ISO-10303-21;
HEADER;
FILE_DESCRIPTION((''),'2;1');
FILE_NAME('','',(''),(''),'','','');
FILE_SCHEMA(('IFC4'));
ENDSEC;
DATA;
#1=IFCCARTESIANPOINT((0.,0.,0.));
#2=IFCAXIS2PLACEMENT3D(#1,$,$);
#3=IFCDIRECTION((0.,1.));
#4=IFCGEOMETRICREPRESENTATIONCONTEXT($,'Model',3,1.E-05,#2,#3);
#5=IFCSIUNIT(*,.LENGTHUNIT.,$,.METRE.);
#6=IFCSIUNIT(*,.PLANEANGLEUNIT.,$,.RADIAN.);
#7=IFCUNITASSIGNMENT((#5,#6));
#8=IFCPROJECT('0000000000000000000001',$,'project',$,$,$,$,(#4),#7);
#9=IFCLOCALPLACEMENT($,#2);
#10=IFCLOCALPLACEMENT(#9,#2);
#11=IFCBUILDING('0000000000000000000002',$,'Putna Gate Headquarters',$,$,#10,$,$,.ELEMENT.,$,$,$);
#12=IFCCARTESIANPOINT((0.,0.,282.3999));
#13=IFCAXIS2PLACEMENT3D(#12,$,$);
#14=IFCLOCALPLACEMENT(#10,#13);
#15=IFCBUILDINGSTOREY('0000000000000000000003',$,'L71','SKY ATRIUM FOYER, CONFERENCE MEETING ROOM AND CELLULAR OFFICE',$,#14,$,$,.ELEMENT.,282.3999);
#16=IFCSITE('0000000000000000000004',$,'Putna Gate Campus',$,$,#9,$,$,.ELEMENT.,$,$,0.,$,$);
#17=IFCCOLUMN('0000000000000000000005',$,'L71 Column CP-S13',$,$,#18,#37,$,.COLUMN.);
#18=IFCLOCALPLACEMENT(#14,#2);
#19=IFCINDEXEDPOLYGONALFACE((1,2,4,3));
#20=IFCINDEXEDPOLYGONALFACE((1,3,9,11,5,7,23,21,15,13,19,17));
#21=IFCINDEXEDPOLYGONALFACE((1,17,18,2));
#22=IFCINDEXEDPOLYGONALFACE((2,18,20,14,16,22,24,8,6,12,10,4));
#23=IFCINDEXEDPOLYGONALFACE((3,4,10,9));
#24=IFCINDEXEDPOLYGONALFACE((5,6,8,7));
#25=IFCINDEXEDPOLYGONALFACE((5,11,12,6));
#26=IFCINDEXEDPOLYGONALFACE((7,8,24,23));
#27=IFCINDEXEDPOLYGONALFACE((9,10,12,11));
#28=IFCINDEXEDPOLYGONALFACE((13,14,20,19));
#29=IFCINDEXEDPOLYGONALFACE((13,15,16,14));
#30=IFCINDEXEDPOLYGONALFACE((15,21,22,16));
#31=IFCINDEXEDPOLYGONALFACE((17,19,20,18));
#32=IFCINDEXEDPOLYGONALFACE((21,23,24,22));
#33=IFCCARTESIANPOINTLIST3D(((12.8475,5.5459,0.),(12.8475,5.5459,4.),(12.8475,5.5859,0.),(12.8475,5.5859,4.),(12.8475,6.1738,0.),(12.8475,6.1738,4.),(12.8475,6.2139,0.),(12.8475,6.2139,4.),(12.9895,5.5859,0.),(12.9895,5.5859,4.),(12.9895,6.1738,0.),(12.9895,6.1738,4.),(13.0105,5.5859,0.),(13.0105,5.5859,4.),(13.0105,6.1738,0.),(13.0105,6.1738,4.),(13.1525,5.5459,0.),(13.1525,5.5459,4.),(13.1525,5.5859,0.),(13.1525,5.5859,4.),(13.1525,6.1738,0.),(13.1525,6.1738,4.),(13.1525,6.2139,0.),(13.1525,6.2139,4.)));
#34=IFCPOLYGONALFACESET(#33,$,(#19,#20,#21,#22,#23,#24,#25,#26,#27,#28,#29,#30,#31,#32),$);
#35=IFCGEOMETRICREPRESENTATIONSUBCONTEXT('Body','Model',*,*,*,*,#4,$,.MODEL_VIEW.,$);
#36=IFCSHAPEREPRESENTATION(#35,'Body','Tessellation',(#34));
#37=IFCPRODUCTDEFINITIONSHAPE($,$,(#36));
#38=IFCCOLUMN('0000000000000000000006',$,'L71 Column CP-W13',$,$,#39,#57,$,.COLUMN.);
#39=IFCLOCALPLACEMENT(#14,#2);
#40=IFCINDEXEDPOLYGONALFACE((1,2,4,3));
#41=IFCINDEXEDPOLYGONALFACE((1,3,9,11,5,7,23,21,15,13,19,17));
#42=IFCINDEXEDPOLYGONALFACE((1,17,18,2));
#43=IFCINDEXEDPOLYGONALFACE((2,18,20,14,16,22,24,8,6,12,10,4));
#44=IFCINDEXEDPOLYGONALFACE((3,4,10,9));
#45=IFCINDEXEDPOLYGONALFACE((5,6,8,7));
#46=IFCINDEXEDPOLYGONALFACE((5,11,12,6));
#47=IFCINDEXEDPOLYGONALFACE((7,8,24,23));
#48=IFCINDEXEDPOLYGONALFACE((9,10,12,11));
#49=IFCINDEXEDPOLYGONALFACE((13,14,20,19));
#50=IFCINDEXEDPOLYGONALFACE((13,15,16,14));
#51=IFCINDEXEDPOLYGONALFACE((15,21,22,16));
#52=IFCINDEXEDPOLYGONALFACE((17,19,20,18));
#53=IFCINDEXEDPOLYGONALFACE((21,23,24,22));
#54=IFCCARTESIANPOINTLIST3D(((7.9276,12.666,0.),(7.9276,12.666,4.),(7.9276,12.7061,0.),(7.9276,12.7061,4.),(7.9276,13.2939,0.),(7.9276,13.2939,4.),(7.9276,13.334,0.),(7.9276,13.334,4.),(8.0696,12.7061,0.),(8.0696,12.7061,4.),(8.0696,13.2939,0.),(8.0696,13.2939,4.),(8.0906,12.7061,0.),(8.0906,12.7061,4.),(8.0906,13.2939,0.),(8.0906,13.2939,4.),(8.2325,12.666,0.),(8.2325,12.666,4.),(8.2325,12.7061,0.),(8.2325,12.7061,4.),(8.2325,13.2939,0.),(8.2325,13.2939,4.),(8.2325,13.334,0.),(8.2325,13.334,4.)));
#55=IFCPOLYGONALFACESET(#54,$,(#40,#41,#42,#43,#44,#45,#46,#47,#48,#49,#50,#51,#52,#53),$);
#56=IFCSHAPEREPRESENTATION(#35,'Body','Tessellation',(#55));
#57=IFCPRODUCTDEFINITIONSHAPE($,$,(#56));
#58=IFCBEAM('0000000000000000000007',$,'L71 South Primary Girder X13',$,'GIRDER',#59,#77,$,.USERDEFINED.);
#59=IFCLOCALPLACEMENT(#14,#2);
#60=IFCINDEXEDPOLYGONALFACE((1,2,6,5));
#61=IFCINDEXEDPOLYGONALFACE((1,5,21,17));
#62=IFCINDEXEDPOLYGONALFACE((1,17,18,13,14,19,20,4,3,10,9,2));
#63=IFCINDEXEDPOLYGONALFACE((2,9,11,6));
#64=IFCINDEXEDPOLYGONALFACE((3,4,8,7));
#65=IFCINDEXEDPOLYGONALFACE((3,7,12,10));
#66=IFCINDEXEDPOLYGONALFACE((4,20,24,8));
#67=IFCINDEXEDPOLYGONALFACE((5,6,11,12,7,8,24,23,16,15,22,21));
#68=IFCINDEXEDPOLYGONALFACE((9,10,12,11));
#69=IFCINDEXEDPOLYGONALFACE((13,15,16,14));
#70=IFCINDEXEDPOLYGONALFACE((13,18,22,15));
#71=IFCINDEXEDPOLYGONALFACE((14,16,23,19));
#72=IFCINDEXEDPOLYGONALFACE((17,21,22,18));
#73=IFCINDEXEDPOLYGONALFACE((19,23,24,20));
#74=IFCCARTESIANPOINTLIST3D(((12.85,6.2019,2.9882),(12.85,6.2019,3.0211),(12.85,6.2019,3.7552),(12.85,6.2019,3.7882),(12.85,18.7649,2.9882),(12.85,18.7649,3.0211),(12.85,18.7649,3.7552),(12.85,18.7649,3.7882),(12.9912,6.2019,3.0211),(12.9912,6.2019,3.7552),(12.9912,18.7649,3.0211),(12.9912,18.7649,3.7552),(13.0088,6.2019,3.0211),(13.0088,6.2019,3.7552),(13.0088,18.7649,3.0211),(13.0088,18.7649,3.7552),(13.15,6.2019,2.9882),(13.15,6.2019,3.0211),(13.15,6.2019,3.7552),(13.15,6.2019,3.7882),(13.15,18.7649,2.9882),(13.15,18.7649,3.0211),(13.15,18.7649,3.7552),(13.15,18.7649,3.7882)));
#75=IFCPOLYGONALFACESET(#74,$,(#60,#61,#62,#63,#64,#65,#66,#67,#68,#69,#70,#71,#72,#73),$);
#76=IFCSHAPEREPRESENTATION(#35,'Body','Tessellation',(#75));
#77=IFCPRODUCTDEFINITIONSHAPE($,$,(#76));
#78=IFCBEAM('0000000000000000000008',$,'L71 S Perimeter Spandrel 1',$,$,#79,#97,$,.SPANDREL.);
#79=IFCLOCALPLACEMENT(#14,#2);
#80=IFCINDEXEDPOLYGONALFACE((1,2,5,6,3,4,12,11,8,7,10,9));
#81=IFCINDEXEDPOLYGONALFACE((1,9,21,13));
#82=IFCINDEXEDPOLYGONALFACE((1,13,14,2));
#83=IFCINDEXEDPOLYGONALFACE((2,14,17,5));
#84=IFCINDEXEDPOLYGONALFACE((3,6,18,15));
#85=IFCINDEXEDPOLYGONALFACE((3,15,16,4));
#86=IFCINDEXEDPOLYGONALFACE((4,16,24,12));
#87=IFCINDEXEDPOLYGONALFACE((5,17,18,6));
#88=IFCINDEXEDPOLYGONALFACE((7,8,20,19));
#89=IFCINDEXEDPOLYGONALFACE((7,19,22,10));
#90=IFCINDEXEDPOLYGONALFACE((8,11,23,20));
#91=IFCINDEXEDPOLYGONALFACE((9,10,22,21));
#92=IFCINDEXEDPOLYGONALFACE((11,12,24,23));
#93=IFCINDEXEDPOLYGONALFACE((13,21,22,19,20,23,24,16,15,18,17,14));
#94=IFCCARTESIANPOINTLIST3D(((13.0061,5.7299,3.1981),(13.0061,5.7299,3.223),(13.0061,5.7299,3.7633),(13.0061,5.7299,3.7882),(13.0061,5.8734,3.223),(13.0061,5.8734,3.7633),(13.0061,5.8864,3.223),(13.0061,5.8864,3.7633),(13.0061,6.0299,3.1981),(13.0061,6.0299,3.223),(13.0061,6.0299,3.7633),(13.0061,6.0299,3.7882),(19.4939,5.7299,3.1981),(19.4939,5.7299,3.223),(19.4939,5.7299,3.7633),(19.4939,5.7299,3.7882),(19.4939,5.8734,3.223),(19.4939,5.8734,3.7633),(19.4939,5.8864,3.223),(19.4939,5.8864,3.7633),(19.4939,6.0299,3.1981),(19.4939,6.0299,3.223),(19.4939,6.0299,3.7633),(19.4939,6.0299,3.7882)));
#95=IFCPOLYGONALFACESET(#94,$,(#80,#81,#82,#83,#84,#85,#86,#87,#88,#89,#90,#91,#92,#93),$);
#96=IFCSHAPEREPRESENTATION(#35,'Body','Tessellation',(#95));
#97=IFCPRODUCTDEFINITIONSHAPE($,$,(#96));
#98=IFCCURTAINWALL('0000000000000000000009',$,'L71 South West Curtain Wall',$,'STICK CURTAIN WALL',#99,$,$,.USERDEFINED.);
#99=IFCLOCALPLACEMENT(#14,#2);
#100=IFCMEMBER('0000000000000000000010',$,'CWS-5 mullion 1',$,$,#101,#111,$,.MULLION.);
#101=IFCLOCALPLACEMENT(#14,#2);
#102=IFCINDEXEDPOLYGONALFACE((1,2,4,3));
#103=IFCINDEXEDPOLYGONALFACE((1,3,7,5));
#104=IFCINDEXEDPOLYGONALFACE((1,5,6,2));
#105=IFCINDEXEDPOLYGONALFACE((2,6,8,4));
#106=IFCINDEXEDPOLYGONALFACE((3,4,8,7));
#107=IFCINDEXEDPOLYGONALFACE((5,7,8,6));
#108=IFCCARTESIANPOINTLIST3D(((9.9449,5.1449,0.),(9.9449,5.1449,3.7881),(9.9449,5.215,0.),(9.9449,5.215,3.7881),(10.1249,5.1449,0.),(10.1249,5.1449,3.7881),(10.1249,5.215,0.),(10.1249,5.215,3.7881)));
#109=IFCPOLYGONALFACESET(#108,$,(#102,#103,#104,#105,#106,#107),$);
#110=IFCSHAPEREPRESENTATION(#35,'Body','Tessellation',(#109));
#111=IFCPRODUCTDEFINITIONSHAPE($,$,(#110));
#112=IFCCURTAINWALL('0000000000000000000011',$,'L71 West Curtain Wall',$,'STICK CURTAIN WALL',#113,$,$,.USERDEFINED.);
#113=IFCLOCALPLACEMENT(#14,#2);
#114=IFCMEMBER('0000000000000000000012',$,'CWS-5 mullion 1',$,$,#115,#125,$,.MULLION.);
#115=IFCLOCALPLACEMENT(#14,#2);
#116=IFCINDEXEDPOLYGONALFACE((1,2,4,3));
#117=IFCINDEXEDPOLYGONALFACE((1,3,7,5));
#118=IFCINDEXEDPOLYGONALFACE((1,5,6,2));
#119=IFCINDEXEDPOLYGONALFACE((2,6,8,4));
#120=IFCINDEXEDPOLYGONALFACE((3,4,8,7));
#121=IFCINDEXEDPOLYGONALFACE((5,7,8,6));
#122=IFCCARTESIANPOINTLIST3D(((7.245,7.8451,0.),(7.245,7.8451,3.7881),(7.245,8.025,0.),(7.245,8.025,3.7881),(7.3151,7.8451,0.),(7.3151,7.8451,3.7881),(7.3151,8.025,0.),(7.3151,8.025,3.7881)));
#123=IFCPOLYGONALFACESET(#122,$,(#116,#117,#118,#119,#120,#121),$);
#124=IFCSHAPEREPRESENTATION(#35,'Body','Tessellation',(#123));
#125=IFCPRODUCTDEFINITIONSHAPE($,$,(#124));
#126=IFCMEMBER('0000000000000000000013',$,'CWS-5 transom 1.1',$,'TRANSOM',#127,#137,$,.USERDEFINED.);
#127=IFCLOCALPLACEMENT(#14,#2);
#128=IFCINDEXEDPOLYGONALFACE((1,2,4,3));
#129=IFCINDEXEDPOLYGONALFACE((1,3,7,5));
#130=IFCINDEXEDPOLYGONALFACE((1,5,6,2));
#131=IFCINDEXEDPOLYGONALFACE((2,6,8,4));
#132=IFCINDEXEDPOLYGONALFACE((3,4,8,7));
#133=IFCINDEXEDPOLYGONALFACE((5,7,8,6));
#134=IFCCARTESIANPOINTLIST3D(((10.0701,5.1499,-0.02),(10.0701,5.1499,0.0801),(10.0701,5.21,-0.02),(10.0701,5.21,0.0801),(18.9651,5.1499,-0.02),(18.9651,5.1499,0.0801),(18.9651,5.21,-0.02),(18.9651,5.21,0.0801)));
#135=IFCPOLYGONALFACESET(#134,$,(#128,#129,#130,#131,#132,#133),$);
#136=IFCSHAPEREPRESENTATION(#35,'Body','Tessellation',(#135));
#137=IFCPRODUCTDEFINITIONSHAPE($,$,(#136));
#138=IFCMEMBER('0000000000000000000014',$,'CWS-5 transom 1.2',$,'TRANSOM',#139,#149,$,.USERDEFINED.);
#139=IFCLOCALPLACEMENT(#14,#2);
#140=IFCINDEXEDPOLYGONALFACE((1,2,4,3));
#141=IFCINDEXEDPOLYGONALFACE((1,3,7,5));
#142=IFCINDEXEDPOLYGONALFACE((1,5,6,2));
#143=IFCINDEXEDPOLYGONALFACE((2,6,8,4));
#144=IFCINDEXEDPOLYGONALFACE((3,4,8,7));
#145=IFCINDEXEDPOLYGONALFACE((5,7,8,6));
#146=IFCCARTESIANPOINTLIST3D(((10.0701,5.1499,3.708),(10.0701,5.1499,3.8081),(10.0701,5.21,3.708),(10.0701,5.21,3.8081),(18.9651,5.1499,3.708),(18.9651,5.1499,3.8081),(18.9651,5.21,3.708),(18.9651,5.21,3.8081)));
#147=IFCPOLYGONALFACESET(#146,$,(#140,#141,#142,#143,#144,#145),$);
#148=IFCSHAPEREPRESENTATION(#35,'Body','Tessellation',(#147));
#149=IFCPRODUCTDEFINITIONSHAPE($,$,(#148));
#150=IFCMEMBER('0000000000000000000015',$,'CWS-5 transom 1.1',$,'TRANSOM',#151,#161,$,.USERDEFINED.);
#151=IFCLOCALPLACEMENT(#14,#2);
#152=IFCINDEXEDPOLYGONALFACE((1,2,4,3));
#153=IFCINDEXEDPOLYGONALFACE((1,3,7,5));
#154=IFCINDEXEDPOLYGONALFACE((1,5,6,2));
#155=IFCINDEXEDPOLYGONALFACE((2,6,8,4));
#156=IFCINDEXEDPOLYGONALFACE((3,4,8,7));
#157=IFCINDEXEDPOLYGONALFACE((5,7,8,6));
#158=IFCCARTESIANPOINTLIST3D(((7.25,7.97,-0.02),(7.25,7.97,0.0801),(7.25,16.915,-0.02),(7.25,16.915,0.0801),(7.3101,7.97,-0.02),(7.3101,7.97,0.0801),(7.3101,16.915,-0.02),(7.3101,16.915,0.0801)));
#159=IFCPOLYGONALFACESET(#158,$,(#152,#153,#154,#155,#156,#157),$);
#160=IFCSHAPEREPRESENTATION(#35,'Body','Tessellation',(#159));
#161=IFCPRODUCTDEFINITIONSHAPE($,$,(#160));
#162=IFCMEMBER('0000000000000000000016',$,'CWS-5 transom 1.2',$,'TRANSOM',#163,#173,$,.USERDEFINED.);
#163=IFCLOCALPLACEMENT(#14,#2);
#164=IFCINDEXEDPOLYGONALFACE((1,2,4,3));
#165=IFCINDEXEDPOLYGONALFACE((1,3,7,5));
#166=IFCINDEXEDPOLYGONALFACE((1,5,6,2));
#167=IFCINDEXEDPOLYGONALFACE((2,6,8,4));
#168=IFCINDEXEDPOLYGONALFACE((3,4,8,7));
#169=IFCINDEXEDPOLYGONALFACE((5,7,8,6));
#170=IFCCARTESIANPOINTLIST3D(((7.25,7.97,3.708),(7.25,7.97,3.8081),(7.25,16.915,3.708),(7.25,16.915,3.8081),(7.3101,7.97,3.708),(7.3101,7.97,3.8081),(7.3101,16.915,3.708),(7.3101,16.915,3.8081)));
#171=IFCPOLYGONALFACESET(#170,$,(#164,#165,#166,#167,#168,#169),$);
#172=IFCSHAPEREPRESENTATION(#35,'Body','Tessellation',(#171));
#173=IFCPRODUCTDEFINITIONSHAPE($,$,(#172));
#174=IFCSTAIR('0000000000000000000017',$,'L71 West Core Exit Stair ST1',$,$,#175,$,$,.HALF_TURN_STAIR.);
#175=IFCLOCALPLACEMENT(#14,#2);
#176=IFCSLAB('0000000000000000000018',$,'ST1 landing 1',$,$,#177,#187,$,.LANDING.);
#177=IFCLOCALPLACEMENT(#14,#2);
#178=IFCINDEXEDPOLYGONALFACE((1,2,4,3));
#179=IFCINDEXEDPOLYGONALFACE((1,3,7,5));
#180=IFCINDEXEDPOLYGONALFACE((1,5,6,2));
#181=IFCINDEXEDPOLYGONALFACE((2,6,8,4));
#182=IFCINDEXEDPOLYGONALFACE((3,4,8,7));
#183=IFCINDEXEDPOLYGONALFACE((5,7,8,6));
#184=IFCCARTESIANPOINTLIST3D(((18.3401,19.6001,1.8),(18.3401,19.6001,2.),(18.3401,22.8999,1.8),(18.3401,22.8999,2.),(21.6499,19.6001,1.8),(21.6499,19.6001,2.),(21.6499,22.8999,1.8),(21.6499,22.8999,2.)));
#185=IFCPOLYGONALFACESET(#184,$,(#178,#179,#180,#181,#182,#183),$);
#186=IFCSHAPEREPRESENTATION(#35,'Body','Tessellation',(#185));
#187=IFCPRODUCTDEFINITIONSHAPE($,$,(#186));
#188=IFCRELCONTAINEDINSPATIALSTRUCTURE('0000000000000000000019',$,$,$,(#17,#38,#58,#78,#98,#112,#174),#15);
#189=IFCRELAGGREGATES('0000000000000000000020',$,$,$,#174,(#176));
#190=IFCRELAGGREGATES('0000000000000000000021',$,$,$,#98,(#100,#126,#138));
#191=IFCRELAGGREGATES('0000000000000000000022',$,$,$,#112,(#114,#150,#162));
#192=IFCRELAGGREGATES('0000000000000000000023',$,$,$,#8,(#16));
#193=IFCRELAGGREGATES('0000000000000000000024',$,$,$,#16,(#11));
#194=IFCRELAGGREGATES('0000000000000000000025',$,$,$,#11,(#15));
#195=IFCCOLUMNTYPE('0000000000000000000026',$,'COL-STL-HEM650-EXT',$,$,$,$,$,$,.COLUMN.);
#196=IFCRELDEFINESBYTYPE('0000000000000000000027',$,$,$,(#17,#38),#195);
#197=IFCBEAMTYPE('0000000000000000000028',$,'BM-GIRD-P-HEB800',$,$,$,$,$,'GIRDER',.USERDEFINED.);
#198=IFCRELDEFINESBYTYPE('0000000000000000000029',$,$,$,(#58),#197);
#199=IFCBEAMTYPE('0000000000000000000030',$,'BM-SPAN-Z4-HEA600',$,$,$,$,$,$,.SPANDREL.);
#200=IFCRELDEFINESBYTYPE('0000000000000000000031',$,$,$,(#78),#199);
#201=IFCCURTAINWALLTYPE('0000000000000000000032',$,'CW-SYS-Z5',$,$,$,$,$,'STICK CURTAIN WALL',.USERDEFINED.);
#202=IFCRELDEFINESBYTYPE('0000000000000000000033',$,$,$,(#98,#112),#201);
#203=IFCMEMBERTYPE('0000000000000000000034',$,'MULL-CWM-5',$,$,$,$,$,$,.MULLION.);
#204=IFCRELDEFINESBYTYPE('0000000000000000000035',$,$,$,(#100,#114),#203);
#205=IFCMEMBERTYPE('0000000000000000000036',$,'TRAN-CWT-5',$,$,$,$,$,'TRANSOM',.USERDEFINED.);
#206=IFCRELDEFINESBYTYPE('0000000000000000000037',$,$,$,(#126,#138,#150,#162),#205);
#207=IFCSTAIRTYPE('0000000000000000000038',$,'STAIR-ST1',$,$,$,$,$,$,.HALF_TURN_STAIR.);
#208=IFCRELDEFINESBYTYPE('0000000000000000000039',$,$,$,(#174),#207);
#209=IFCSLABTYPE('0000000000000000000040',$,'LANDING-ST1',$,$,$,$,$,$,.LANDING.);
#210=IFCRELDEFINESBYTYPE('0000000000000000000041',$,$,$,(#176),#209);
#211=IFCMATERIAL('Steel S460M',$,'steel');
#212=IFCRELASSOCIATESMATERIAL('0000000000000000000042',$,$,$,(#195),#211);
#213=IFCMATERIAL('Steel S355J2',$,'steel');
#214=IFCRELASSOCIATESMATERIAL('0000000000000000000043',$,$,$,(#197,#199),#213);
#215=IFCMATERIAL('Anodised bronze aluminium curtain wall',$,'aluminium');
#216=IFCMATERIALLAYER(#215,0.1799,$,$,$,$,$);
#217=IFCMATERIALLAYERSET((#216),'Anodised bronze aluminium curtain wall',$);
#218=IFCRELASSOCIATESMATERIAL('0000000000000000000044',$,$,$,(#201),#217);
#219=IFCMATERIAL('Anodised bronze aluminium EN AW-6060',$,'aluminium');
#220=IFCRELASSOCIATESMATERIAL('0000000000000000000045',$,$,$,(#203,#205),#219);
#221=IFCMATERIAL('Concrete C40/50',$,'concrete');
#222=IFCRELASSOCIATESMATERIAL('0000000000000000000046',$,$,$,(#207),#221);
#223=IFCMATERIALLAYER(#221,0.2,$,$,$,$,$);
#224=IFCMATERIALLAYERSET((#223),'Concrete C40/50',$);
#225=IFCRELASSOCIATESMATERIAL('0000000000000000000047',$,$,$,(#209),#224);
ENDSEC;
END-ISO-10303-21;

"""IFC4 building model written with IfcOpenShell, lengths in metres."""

from ifc_helpers import new_model, si_unit, direction, frame, origin, origin_2d, place, context, subcontext, project, spatial, polyline, rectangle, i_section, outline, extrude, material, layer, layer_set, material_profile, profile_set, type_object, element, aggregate, save


model = new_model("IFC4")

# Units and contexts
model_context = context("Model", 3, precision=1e-05, world=origin(), true_north=direction((0.0, 1.0)))
body_context = subcontext(model_context, "Body", "Model", "MODEL_VIEW")
ifc_project = project(units=[si_unit("LENGTHUNIT", "METRE"), si_unit("PLANEANGLEUNIT", "RADIAN")], contexts=[model_context])

# Site, building, storey
site_placement = place(None, origin())
site = spatial("IfcSite", under=ifc_project, at=site_placement, Name="Putna Gate Campus", CompositionType="ELEMENT", RefElevation=0.0)
building_placement = place(site_placement, origin())
building = spatial("IfcBuilding", under=site, at=building_placement, Name="Putna Gate Headquarters", CompositionType="ELEMENT")
storey_placement = place(building_placement, frame((0.0, 0.0, 282.3999)))
storey = spatial("IfcBuildingStorey", under=building, at=storey_placement, Name="L71", Description="SKY ATRIUM FOYER, CONFERENCE MEETING ROOM AND CELLULAR OFFICE", CompositionType="ELEMENT", Elevation=282.3999)

# Columns
ifc_material_1 = material(Name="Steel S460M", Category="steel")
ifc_material_profile_1 = material_profile(ifc_material_1, i_section(OverallWidth=0.3049, OverallDepth=0.668, WebThickness=0.021, FlangeThickness=0.04, at=origin_2d()), Name="Steel S460M")
ifc_profile_set_1 = profile_set([ifc_material_profile_1], Name="Steel S460M")
column_type = type_object("IfcColumnType", Name="COL-STL-HEM650-EXT", PredefinedType="COLUMN", material=ifc_profile_set_1)
for number, where, z_axis, x_axis, name in (
    (1, (13.0, 5.8799, 0.0), (0.0, 0.0, 1.0), (1.0, 0.0, 0.0), "L71 Column CP-S13"),
    (2, (8.0801, 13.0, 0.0), (0.0, 0.0, 1.0), (1.0, 0.0, 0.0), "L71 Column CP-W13"),
):
    element("IfcColumn", number, at=place(storey_placement, frame(where, z_axis=z_axis, x_axis=x_axis)), inside=storey, type_object=column_type, Name=name, PredefinedType="COLUMN", context=body_context, shape_type="SweptSolid", body=[
        extrude(i_section(OverallWidth=0.3049, OverallDepth=0.668, WebThickness=0.021, FlangeThickness=0.04, at=origin_2d()), origin(), (0.0, 0.0, 1.0), 4.0),
    ])

# Beams
ifc_material_2 = material(Name="Steel S355J2", Category="steel")
ifc_material_profile_2 = material_profile(ifc_material_2, i_section(OverallWidth=0.3, OverallDepth=0.8, WebThickness=0.0176, FlangeThickness=0.033, at=origin_2d()), Name="Steel S355J2")
ifc_profile_set_2 = profile_set([ifc_material_profile_2], Name="Steel S355J2")
beam_type_1 = type_object("IfcBeamType", Name="BM-GIRD-P-HEB800", ElementType="GIRDER", PredefinedType="USERDEFINED", material=ifc_profile_set_2)
beam_1_placement = place(storey_placement, frame((13.0, 6.2019, 3.3882), z_axis=(0.0, 1.0, 0.0), x_axis=(-1.0, 0.0, 0.0)))
element("IfcBeam", 3, at=beam_1_placement, inside=storey, type_object=beam_type_1, Name="L71 South Primary Girder X13", ObjectType="GIRDER", PredefinedType="USERDEFINED", context=body_context, shape_type="SweptSolid", body=[
    extrude(i_section(OverallWidth=0.3, OverallDepth=0.8, WebThickness=0.0176, FlangeThickness=0.033, at=origin_2d()), origin(), (0.0, 0.0, 1.0), 12.563),
])
ifc_material_profile_3 = material_profile(ifc_material_2, i_section(OverallWidth=0.3, OverallDepth=0.5901, WebThickness=0.0129, FlangeThickness=0.0249, at=origin_2d()), Name="Steel S355J2")
ifc_profile_set_3 = profile_set([ifc_material_profile_3], Name="Steel S355J2")
beam_type_2 = type_object("IfcBeamType", Name="BM-SPAN-Z4-HEA600", PredefinedType="SPANDREL", material=ifc_profile_set_3)
beam_2_placement = place(storey_placement, frame((13.0061, 5.8799, 3.4932), z_axis=(1.0, 0.0, 0.0), x_axis=(0.0, 1.0, 0.0)))
element("IfcBeam", 4, at=beam_2_placement, inside=storey, type_object=beam_type_2, Name="L71 S Perimeter Spandrel 1", PredefinedType="SPANDREL", context=body_context, shape_type="SweptSolid", body=[
    extrude(i_section(OverallWidth=0.3, OverallDepth=0.5901, WebThickness=0.0129, FlangeThickness=0.0249, at=origin_2d()), origin(), (0.0, 0.0, 1.0), 6.4878),
])

# Curtain walls, members
ifc_material_3 = material(Name="Anodised bronze aluminium curtain wall", Category="aluminium")
ifc_layer_1 = layer(ifc_material_3, 0.1799)
ifc_layer_set_1 = layer_set([ifc_layer_1], Name="Anodised bronze aluminium curtain wall")
curtain_wall_type = type_object("IfcCurtainWallType", Name="CW-SYS-Z5", ElementType="STICK CURTAIN WALL", PredefinedType="USERDEFINED", material=ifc_layer_set_1)
curtain_wall_1_placement = place(storey_placement, origin())
curtain_wall_1 = element("IfcCurtainWall", 5, at=curtain_wall_1_placement, inside=storey, type_object=curtain_wall_type, Name="L71 South West Curtain Wall", ObjectType="STICK CURTAIN WALL", PredefinedType="USERDEFINED")
ifc_material_4 = material(Name="Anodised bronze aluminium EN AW-6060", Category="aluminium")
ifc_material_profile_4 = material_profile(ifc_material_4, rectangle(XDim=0.0701, YDim=0.1799, at=origin_2d()), Name="Anodised bronze aluminium EN AW-6060")
ifc_profile_set_4 = profile_set([ifc_material_profile_4], Name="Anodised bronze aluminium EN AW-6060")
member_type_1 = type_object("IfcMemberType", Name="MULL-CWM-5", PredefinedType="MULLION", material=ifc_profile_set_4)
member_1_placement = place(storey_placement, frame((10.0349, 5.1799, 0.0), z_axis=(0.0, 0.0, 1.0), x_axis=(0.0, 1.0, 0.0)))
member_1 = element("IfcMember", 6, at=member_1_placement, type_object=member_type_1, Name="CWS-5 mullion 1", PredefinedType="MULLION", context=body_context, shape_type="SweptSolid", body=[
    extrude(rectangle(XDim=0.0701, YDim=0.1799, at=origin_2d()), origin(), (0.0, 0.0, 1.0), 3.7881),
])
curtain_wall_2_placement = place(storey_placement, origin())
curtain_wall_2 = element("IfcCurtainWall", 7, at=curtain_wall_2_placement, inside=storey, type_object=curtain_wall_type, Name="L71 West Curtain Wall", ObjectType="STICK CURTAIN WALL", PredefinedType="USERDEFINED")
member_2_placement = place(storey_placement, frame((7.28, 7.9351, 0.0), z_axis=(0.0, 0.0, 1.0), x_axis=(-1.0, 0.0, 0.0)))
member_2 = element("IfcMember", 8, at=member_2_placement, type_object=member_type_1, Name="CWS-5 mullion 1", PredefinedType="MULLION", context=body_context, shape_type="SweptSolid", body=[
    extrude(rectangle(XDim=0.0701, YDim=0.1799, at=origin_2d()), origin(), (0.0, 0.0, 1.0), 3.7881),
])

# Members
ifc_material_profile_5 = material_profile(ifc_material_4, rectangle(XDim=0.0601, YDim=0.1001, at=origin_2d()), Name="Anodised bronze aluminium EN AW-6060")
ifc_profile_set_5 = profile_set([ifc_material_profile_5], Name="Anodised bronze aluminium EN AW-6060")
member_type_2 = type_object("IfcMemberType", Name="TRAN-CWT-5", ElementType="TRANSOM", PredefinedType="USERDEFINED", material=ifc_profile_set_5)
member_3_placement = place(storey_placement, frame((10.0701, 5.1799, 0.03), z_axis=(1.0, 0.0, 0.0), x_axis=(0.0, 1.0, 0.0)))
member_3 = element("IfcMember", 9, at=member_3_placement, type_object=member_type_2, Name="CWS-5 transom 1.1", ObjectType="TRANSOM", PredefinedType="USERDEFINED", context=body_context, shape_type="SweptSolid", body=[
    extrude(rectangle(XDim=0.0601, YDim=0.1001, at=origin_2d()), origin(), (0.0, 0.0, 1.0), 8.895),
])
member_4_placement = place(storey_placement, frame((10.0701, 5.1799, 3.7581), z_axis=(1.0, 0.0, 0.0), x_axis=(0.0, 1.0, 0.0)))
member_4 = element("IfcMember", 10, at=member_4_placement, type_object=member_type_2, Name="CWS-5 transom 1.2", ObjectType="TRANSOM", PredefinedType="USERDEFINED", context=body_context, shape_type="SweptSolid", body=[
    extrude(rectangle(XDim=0.0601, YDim=0.1001, at=origin_2d()), origin(), (0.0, 0.0, 1.0), 8.895),
])
member_5_placement = place(storey_placement, frame((7.28, 7.97, 0.03), z_axis=(0.0, 1.0, 0.0), x_axis=(-1.0, 0.0, 0.0)))
member_5 = element("IfcMember", 11, at=member_5_placement, type_object=member_type_2, Name="CWS-5 transom 1.1", ObjectType="TRANSOM", PredefinedType="USERDEFINED", context=body_context, shape_type="SweptSolid", body=[
    extrude(rectangle(XDim=0.0601, YDim=0.1001, at=origin_2d()), origin(), (0.0, 0.0, 1.0), 8.9451),
])
member_6_placement = place(storey_placement, frame((7.28, 7.97, 3.7581), z_axis=(0.0, 1.0, 0.0), x_axis=(-1.0, 0.0, 0.0)))
member_6 = element("IfcMember", 12, at=member_6_placement, type_object=member_type_2, Name="CWS-5 transom 1.2", ObjectType="TRANSOM", PredefinedType="USERDEFINED", context=body_context, shape_type="SweptSolid", body=[
    extrude(rectangle(XDim=0.0601, YDim=0.1001, at=origin_2d()), origin(), (0.0, 0.0, 1.0), 8.9451),
])

# Stair, slab
ifc_material_5 = material(Name="Concrete C40/50", Category="concrete")
stair_type_1 = type_object("IfcStairType", Name="STAIR-ST1", PredefinedType="HALF_TURN_STAIR", material=ifc_material_5)
stair_1_placement = place(storey_placement, origin())
stair_1 = element("IfcStair", 13, at=stair_1_placement, inside=storey, type_object=stair_type_1, Name="L71 West Core Exit Stair ST1", PredefinedType="HALF_TURN_STAIR")
ifc_layer_2 = layer(ifc_material_5, 0.2)
ifc_layer_set_2 = layer_set([ifc_layer_2], Name="Concrete C40/50")
slab_type_1 = type_object("IfcSlabType", Name="LANDING-ST1", PredefinedType="LANDING", material=ifc_layer_set_2)
slab_1_placement = place(storey_placement, frame((0.0, 0.0, 1.8)))
slab_1 = element("IfcSlab", 14, at=slab_1_placement, type_object=slab_type_1, Name="ST1 landing 1", PredefinedType="LANDING", context=body_context, shape_type="SweptSolid", body=[
    extrude(outline(polyline([(18.3401, 19.6001), (21.6499, 19.6001), (21.6499, 22.8999), (18.3401, 22.8999), (18.3401, 19.6001)])), origin(), (0.0, 0.0, 1.0), 0.2),
])
aggregate(stair_1, [slab_1])

aggregate(curtain_wall_1, [member_1, member_3, member_4])
aggregate(curtain_wall_2, [member_2, member_5, member_6])

save(model, "model.ifc")
